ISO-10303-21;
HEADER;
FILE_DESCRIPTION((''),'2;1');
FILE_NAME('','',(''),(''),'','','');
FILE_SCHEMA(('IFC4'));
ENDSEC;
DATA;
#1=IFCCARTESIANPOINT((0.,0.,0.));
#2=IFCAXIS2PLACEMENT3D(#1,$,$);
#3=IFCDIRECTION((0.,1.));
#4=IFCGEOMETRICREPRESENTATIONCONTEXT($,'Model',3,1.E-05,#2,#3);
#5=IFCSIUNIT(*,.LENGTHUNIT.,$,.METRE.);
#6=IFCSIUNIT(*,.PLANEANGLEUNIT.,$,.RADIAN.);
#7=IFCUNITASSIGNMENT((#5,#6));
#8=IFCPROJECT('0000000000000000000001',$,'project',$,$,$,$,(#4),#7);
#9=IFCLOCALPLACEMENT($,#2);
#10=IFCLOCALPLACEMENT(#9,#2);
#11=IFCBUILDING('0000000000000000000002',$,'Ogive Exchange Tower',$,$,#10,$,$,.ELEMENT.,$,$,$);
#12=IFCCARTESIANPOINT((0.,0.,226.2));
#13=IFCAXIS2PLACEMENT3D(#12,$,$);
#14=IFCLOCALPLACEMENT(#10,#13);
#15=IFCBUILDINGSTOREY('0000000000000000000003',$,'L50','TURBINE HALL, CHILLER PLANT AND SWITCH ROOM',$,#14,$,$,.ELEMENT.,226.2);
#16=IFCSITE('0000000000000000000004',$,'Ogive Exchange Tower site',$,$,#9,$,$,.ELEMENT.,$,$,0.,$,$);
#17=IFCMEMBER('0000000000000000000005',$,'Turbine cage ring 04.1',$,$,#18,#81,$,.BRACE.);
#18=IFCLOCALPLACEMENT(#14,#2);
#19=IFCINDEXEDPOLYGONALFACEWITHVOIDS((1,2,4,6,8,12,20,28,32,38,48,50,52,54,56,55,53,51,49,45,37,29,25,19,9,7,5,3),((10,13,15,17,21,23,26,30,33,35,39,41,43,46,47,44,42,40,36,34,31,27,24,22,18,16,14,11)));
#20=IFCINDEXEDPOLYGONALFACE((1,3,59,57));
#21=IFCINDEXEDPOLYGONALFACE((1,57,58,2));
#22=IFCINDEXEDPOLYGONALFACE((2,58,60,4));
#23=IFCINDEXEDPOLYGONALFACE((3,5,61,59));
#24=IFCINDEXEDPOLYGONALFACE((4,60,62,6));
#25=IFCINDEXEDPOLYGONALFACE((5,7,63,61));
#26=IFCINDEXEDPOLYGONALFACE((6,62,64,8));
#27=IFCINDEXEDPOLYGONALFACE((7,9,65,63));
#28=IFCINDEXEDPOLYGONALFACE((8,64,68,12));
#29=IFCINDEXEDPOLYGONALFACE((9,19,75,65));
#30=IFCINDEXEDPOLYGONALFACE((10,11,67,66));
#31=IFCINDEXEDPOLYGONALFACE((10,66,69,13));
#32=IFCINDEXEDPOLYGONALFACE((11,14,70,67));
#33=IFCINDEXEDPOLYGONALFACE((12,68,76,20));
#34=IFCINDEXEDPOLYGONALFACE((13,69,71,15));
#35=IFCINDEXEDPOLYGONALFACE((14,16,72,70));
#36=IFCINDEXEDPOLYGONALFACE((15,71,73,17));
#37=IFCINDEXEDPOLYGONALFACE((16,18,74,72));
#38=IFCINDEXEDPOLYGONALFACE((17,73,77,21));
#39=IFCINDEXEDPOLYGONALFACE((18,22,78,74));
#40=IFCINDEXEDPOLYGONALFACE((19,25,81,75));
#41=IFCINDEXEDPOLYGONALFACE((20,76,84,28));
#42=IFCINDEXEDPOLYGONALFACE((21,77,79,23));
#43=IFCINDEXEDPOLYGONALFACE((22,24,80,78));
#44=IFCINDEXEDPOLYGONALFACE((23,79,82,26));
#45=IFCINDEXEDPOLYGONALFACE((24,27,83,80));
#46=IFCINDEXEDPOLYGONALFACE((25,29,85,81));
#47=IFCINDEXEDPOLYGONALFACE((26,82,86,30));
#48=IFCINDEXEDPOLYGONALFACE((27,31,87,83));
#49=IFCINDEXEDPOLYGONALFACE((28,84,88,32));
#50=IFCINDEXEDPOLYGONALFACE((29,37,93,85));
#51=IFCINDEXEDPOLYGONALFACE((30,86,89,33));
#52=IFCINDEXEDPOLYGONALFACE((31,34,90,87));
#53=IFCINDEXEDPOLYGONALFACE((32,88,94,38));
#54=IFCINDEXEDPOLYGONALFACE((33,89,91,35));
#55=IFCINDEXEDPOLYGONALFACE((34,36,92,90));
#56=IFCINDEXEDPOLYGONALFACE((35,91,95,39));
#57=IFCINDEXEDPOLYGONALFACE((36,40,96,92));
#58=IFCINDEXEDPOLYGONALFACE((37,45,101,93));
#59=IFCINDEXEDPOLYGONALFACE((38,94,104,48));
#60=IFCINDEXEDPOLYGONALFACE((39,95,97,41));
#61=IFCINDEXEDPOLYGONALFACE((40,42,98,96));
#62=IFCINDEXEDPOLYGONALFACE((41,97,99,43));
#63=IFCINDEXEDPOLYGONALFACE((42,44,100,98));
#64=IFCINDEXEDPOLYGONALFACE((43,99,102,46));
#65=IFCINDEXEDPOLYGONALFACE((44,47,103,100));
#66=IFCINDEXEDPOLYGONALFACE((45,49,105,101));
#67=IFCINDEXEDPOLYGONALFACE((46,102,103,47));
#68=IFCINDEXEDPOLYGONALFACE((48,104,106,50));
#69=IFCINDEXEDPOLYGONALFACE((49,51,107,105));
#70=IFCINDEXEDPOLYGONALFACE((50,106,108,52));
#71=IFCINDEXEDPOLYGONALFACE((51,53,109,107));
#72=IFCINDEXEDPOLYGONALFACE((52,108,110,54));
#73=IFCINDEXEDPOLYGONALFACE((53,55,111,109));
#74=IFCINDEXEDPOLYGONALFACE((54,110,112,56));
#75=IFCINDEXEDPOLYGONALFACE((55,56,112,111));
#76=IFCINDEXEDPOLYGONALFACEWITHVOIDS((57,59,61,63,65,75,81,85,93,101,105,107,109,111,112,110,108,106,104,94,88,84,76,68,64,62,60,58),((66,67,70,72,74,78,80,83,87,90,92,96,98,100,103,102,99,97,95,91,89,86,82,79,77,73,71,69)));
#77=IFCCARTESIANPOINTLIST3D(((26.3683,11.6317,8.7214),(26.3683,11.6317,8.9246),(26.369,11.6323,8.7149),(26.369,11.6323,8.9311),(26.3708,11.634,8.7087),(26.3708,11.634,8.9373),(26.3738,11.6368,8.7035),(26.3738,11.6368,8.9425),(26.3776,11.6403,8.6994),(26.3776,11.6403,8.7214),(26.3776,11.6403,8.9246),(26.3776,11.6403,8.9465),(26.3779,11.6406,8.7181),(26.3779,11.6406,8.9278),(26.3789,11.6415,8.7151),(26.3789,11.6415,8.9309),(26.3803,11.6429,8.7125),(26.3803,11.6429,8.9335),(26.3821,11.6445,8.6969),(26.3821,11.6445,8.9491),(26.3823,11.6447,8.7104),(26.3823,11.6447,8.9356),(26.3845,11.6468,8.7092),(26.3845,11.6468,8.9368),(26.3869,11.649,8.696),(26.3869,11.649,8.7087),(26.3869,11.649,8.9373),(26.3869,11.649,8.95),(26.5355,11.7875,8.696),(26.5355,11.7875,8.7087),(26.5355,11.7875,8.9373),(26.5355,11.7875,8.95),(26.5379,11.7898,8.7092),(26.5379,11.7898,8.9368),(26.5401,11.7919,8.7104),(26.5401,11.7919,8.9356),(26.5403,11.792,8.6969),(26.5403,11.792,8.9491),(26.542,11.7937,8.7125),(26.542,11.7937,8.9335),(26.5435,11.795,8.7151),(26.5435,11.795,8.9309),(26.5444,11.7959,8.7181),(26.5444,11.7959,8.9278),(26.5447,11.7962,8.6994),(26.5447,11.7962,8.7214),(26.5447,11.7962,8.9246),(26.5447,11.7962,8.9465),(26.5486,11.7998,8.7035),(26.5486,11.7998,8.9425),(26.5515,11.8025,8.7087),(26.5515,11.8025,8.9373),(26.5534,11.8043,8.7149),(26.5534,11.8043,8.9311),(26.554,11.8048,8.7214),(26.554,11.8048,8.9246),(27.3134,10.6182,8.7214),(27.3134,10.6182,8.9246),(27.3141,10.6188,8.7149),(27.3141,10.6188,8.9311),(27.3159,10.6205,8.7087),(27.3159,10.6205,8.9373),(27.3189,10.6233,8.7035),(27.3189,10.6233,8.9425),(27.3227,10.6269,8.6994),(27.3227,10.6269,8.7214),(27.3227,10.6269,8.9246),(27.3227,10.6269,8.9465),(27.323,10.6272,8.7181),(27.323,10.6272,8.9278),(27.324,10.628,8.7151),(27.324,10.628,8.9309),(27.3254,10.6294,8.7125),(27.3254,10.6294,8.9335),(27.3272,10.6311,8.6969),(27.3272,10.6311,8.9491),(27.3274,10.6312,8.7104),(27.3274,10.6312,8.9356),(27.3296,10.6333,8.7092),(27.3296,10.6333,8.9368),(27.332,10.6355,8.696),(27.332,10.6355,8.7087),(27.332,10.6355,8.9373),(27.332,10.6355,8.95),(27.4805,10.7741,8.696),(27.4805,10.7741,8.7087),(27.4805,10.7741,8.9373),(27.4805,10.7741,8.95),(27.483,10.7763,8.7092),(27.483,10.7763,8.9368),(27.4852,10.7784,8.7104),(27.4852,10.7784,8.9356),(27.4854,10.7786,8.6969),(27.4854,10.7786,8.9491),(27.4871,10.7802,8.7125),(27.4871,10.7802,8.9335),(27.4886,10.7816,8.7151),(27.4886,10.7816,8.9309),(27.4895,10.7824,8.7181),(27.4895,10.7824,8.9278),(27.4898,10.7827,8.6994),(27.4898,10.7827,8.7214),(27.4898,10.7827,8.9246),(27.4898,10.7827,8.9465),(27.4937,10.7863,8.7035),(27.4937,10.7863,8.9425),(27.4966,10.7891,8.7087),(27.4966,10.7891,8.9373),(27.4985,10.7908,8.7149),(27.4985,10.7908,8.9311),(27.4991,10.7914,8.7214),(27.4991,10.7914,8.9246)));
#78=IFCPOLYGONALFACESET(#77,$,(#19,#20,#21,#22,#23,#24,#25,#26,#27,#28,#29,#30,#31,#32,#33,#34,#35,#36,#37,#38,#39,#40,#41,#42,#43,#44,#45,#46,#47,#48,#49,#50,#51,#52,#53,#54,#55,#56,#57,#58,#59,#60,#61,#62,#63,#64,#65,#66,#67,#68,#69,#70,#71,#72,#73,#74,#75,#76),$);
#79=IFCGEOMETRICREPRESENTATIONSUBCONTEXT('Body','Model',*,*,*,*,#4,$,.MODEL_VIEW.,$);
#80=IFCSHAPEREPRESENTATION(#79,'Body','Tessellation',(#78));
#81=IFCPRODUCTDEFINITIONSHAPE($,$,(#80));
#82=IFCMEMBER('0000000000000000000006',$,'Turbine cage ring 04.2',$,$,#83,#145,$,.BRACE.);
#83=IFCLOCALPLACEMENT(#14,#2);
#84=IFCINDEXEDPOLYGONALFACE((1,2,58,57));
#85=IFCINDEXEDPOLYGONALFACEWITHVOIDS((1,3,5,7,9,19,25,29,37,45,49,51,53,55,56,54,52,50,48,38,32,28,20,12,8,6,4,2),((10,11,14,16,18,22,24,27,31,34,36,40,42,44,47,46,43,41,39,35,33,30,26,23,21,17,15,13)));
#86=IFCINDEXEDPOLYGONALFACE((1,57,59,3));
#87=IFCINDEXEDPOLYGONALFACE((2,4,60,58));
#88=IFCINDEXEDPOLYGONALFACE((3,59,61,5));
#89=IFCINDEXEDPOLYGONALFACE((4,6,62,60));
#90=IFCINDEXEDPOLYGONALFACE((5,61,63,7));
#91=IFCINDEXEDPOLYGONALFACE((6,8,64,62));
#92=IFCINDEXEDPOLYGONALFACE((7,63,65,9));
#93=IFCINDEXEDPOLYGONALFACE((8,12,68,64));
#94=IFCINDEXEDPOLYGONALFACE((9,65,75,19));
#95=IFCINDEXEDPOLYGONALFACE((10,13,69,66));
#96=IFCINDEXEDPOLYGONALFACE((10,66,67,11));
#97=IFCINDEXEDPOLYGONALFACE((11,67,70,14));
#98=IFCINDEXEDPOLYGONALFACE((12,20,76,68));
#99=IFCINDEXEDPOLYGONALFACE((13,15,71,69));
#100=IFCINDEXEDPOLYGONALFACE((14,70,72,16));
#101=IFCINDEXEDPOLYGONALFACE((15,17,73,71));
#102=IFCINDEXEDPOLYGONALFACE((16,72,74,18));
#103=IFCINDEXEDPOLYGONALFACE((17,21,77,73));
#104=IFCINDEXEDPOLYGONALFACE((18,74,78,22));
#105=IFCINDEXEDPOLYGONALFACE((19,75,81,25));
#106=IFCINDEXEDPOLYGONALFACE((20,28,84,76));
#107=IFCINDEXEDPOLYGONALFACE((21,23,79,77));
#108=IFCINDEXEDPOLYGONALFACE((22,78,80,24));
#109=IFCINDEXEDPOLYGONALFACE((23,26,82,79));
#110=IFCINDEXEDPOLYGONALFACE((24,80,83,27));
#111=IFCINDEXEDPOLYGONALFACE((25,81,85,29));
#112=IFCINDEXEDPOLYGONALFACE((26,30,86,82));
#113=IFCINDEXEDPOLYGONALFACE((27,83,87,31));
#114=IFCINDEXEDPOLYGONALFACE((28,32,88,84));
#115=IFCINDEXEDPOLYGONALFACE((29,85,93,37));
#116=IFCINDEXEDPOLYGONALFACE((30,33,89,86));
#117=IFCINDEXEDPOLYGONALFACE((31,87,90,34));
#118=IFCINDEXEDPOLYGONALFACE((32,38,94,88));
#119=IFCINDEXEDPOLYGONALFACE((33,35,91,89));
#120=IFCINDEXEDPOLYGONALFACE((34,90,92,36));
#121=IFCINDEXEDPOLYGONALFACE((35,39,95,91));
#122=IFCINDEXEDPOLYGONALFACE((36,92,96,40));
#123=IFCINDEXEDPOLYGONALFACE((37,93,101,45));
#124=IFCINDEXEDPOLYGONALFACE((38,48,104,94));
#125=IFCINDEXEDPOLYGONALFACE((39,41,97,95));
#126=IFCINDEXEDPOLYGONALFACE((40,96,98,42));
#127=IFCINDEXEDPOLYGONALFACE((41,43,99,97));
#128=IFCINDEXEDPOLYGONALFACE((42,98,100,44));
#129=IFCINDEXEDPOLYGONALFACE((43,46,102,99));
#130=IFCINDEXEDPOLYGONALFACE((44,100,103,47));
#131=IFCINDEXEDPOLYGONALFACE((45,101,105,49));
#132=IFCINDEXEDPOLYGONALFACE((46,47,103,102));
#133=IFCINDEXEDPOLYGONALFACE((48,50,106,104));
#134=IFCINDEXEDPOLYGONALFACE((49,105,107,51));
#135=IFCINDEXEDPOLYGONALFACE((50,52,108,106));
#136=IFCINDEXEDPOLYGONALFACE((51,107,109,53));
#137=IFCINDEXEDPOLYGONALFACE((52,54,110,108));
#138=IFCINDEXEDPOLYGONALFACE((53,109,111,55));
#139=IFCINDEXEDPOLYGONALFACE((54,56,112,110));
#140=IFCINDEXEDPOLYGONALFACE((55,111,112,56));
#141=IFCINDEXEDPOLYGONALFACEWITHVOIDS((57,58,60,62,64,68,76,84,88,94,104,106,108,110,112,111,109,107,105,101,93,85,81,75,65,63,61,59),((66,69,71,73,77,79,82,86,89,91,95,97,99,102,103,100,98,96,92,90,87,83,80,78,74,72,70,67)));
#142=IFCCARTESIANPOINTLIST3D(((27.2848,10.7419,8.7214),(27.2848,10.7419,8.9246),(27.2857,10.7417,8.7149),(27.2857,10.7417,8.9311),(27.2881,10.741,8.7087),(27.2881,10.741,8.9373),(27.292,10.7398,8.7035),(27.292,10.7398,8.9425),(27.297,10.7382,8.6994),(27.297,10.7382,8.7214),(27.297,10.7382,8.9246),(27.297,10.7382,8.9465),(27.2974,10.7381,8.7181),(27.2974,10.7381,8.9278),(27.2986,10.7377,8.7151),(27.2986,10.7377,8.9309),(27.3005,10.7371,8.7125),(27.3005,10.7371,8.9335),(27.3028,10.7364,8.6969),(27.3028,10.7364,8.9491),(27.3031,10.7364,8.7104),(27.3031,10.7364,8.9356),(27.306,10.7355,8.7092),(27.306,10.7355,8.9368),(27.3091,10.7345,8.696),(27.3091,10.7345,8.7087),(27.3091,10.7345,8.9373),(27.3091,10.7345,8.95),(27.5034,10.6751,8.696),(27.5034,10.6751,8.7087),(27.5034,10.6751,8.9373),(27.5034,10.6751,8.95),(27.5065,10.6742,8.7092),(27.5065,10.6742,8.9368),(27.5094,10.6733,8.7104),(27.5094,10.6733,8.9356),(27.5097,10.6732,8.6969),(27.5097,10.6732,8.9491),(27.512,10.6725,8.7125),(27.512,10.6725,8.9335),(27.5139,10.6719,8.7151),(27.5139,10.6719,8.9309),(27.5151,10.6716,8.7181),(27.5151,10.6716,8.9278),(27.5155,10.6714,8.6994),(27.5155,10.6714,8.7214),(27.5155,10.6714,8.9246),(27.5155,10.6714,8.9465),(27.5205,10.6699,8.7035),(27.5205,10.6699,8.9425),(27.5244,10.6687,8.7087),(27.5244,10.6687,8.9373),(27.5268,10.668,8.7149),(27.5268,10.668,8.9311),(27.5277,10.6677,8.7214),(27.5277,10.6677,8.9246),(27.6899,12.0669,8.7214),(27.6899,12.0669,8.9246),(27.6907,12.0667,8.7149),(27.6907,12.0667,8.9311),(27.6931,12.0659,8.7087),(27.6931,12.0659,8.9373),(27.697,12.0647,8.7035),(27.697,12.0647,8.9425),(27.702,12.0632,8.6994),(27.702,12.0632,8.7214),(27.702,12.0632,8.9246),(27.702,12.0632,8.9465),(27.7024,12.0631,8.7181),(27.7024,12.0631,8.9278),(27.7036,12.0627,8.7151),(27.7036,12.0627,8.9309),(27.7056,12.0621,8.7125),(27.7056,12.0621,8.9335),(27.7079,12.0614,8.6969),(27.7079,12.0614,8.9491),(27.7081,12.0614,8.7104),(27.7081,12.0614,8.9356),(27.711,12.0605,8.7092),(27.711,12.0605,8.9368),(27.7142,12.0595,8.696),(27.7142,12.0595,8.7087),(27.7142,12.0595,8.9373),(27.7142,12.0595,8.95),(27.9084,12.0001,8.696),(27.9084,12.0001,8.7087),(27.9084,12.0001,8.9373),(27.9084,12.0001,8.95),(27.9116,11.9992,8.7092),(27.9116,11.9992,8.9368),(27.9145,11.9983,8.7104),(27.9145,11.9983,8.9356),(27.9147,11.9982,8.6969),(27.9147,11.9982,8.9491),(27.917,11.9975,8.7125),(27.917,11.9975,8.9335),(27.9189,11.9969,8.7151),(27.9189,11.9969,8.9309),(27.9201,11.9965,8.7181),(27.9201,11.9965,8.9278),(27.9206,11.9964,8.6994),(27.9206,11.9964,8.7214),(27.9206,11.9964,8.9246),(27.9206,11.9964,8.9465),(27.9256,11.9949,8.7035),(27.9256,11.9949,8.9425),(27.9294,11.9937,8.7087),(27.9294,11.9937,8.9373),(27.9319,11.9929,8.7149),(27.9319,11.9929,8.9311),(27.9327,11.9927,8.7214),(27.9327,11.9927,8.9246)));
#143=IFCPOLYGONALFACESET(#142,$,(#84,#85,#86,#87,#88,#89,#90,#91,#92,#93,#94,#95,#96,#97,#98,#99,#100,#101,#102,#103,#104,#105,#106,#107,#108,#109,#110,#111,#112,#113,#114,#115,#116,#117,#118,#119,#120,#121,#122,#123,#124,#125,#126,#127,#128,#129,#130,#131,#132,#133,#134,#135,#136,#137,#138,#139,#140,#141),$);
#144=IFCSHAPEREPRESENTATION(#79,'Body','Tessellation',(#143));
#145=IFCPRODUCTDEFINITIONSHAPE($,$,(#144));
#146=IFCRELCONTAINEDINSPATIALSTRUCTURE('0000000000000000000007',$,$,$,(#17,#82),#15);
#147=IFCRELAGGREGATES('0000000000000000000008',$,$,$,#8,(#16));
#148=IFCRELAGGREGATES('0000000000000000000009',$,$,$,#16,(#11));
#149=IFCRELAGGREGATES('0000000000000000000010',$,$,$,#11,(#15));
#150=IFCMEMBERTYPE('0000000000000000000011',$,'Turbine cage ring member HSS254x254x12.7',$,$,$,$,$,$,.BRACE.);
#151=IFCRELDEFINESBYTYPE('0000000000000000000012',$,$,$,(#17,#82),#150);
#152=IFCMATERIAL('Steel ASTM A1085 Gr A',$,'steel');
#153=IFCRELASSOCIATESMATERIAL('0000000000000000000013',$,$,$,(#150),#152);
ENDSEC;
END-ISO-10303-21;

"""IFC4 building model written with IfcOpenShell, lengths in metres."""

from ifc_helpers import new_model, si_unit, direction, frame, origin, origin_2d, place, context, subcontext, project, spatial, hollow_rectangle, extrude, material, material_profile, profile_set, type_object, element, save


model = new_model("IFC4")

# Units and contexts
model_context = context("Model", 3, precision=1e-05, world=origin(), true_north=direction((0.0, 1.0)))
body_context = subcontext(model_context, "Body", "Model", "MODEL_VIEW")
ifc_project = project(units=[si_unit("LENGTHUNIT", "METRE"), si_unit("PLANEANGLEUNIT", "RADIAN")], contexts=[model_context])

# Site, building, storey
site_placement = place(None, origin())
site = spatial("IfcSite", under=ifc_project, at=site_placement, Name="Ogive Exchange Tower site", CompositionType="ELEMENT", RefElevation=0.0)
building_placement = place(site_placement, origin())
building = spatial("IfcBuilding", under=site, at=building_placement, Name="Ogive Exchange Tower", CompositionType="ELEMENT")
storey_placement = place(building_placement, frame((0.0, 0.0, 226.2)))
storey = spatial("IfcBuildingStorey", under=building, at=storey_placement, Name="L50", Description="TURBINE HALL, CHILLER PLANT AND SWITCH ROOM", CompositionType="ELEMENT", Elevation=226.2)

# Shared definitions
ifc_material_1 = material(Name="Steel ASTM A1085 Gr A", Category="steel")

# Members
ifc_material_profile_1 = material_profile(ifc_material_1, hollow_rectangle(XDim=0.2539, YDim=0.2539, WallThickness=0.0127, InnerFilletRadius=0.0127, OuterFilletRadius=0.0254, at=origin_2d()), Name="HSS254x254x12.7")
ifc_profile_set_1 = profile_set([ifc_material_profile_1], Name="Steel ASTM A1085 Gr A")
member_type_1 = type_object("IfcMemberType", Name="Turbine cage ring member HSS254x254x12.7", PredefinedType="BRACE", material=ifc_profile_set_1)
member_1_placement = place(storey_placement, frame((26.4612, 11.7183, 8.823), z_axis=(0.682011, -0.731342, 0.0), x_axis=(0.731342, 0.682011, 0.0)))
element("IfcMember", 1, at=member_1_placement, inside=storey, type_object=member_type_1, Name="Turbine cage ring 04.1", PredefinedType="BRACE", context=body_context, shape_type="SweptSolid", body=[
    extrude(hollow_rectangle(XDim=0.2539, YDim=0.2539, WallThickness=0.0127, InnerFilletRadius=0.0127, OuterFilletRadius=0.0254, at=origin_2d()), origin(), (0.0, 0.0, 1.0), 1.3857),
])
for number, where, z_axis, x_axis, name in (
    (2, (27.4062, 10.7048, 8.823), (0.292339, 0.956315, 0.0), (-0.956315, 0.292339, 0.0), "Turbine cage ring 04.2"),
):
    element("IfcMember", number, at=place(storey_placement, frame(where, z_axis=z_axis, x_axis=x_axis)), inside=storey, type_object=member_type_1, Name=name, PredefinedType="BRACE", context=body_context, shape_type="SweptSolid", body=[
        extrude(hollow_rectangle(XDim=0.2539, YDim=0.2539, WallThickness=0.0127, InnerFilletRadius=0.0127, OuterFilletRadius=0.0254, at=origin_2d()), origin(), (0.0, 0.0, 1.0), 1.3855),
    ])

save(model, "model.ifc")
